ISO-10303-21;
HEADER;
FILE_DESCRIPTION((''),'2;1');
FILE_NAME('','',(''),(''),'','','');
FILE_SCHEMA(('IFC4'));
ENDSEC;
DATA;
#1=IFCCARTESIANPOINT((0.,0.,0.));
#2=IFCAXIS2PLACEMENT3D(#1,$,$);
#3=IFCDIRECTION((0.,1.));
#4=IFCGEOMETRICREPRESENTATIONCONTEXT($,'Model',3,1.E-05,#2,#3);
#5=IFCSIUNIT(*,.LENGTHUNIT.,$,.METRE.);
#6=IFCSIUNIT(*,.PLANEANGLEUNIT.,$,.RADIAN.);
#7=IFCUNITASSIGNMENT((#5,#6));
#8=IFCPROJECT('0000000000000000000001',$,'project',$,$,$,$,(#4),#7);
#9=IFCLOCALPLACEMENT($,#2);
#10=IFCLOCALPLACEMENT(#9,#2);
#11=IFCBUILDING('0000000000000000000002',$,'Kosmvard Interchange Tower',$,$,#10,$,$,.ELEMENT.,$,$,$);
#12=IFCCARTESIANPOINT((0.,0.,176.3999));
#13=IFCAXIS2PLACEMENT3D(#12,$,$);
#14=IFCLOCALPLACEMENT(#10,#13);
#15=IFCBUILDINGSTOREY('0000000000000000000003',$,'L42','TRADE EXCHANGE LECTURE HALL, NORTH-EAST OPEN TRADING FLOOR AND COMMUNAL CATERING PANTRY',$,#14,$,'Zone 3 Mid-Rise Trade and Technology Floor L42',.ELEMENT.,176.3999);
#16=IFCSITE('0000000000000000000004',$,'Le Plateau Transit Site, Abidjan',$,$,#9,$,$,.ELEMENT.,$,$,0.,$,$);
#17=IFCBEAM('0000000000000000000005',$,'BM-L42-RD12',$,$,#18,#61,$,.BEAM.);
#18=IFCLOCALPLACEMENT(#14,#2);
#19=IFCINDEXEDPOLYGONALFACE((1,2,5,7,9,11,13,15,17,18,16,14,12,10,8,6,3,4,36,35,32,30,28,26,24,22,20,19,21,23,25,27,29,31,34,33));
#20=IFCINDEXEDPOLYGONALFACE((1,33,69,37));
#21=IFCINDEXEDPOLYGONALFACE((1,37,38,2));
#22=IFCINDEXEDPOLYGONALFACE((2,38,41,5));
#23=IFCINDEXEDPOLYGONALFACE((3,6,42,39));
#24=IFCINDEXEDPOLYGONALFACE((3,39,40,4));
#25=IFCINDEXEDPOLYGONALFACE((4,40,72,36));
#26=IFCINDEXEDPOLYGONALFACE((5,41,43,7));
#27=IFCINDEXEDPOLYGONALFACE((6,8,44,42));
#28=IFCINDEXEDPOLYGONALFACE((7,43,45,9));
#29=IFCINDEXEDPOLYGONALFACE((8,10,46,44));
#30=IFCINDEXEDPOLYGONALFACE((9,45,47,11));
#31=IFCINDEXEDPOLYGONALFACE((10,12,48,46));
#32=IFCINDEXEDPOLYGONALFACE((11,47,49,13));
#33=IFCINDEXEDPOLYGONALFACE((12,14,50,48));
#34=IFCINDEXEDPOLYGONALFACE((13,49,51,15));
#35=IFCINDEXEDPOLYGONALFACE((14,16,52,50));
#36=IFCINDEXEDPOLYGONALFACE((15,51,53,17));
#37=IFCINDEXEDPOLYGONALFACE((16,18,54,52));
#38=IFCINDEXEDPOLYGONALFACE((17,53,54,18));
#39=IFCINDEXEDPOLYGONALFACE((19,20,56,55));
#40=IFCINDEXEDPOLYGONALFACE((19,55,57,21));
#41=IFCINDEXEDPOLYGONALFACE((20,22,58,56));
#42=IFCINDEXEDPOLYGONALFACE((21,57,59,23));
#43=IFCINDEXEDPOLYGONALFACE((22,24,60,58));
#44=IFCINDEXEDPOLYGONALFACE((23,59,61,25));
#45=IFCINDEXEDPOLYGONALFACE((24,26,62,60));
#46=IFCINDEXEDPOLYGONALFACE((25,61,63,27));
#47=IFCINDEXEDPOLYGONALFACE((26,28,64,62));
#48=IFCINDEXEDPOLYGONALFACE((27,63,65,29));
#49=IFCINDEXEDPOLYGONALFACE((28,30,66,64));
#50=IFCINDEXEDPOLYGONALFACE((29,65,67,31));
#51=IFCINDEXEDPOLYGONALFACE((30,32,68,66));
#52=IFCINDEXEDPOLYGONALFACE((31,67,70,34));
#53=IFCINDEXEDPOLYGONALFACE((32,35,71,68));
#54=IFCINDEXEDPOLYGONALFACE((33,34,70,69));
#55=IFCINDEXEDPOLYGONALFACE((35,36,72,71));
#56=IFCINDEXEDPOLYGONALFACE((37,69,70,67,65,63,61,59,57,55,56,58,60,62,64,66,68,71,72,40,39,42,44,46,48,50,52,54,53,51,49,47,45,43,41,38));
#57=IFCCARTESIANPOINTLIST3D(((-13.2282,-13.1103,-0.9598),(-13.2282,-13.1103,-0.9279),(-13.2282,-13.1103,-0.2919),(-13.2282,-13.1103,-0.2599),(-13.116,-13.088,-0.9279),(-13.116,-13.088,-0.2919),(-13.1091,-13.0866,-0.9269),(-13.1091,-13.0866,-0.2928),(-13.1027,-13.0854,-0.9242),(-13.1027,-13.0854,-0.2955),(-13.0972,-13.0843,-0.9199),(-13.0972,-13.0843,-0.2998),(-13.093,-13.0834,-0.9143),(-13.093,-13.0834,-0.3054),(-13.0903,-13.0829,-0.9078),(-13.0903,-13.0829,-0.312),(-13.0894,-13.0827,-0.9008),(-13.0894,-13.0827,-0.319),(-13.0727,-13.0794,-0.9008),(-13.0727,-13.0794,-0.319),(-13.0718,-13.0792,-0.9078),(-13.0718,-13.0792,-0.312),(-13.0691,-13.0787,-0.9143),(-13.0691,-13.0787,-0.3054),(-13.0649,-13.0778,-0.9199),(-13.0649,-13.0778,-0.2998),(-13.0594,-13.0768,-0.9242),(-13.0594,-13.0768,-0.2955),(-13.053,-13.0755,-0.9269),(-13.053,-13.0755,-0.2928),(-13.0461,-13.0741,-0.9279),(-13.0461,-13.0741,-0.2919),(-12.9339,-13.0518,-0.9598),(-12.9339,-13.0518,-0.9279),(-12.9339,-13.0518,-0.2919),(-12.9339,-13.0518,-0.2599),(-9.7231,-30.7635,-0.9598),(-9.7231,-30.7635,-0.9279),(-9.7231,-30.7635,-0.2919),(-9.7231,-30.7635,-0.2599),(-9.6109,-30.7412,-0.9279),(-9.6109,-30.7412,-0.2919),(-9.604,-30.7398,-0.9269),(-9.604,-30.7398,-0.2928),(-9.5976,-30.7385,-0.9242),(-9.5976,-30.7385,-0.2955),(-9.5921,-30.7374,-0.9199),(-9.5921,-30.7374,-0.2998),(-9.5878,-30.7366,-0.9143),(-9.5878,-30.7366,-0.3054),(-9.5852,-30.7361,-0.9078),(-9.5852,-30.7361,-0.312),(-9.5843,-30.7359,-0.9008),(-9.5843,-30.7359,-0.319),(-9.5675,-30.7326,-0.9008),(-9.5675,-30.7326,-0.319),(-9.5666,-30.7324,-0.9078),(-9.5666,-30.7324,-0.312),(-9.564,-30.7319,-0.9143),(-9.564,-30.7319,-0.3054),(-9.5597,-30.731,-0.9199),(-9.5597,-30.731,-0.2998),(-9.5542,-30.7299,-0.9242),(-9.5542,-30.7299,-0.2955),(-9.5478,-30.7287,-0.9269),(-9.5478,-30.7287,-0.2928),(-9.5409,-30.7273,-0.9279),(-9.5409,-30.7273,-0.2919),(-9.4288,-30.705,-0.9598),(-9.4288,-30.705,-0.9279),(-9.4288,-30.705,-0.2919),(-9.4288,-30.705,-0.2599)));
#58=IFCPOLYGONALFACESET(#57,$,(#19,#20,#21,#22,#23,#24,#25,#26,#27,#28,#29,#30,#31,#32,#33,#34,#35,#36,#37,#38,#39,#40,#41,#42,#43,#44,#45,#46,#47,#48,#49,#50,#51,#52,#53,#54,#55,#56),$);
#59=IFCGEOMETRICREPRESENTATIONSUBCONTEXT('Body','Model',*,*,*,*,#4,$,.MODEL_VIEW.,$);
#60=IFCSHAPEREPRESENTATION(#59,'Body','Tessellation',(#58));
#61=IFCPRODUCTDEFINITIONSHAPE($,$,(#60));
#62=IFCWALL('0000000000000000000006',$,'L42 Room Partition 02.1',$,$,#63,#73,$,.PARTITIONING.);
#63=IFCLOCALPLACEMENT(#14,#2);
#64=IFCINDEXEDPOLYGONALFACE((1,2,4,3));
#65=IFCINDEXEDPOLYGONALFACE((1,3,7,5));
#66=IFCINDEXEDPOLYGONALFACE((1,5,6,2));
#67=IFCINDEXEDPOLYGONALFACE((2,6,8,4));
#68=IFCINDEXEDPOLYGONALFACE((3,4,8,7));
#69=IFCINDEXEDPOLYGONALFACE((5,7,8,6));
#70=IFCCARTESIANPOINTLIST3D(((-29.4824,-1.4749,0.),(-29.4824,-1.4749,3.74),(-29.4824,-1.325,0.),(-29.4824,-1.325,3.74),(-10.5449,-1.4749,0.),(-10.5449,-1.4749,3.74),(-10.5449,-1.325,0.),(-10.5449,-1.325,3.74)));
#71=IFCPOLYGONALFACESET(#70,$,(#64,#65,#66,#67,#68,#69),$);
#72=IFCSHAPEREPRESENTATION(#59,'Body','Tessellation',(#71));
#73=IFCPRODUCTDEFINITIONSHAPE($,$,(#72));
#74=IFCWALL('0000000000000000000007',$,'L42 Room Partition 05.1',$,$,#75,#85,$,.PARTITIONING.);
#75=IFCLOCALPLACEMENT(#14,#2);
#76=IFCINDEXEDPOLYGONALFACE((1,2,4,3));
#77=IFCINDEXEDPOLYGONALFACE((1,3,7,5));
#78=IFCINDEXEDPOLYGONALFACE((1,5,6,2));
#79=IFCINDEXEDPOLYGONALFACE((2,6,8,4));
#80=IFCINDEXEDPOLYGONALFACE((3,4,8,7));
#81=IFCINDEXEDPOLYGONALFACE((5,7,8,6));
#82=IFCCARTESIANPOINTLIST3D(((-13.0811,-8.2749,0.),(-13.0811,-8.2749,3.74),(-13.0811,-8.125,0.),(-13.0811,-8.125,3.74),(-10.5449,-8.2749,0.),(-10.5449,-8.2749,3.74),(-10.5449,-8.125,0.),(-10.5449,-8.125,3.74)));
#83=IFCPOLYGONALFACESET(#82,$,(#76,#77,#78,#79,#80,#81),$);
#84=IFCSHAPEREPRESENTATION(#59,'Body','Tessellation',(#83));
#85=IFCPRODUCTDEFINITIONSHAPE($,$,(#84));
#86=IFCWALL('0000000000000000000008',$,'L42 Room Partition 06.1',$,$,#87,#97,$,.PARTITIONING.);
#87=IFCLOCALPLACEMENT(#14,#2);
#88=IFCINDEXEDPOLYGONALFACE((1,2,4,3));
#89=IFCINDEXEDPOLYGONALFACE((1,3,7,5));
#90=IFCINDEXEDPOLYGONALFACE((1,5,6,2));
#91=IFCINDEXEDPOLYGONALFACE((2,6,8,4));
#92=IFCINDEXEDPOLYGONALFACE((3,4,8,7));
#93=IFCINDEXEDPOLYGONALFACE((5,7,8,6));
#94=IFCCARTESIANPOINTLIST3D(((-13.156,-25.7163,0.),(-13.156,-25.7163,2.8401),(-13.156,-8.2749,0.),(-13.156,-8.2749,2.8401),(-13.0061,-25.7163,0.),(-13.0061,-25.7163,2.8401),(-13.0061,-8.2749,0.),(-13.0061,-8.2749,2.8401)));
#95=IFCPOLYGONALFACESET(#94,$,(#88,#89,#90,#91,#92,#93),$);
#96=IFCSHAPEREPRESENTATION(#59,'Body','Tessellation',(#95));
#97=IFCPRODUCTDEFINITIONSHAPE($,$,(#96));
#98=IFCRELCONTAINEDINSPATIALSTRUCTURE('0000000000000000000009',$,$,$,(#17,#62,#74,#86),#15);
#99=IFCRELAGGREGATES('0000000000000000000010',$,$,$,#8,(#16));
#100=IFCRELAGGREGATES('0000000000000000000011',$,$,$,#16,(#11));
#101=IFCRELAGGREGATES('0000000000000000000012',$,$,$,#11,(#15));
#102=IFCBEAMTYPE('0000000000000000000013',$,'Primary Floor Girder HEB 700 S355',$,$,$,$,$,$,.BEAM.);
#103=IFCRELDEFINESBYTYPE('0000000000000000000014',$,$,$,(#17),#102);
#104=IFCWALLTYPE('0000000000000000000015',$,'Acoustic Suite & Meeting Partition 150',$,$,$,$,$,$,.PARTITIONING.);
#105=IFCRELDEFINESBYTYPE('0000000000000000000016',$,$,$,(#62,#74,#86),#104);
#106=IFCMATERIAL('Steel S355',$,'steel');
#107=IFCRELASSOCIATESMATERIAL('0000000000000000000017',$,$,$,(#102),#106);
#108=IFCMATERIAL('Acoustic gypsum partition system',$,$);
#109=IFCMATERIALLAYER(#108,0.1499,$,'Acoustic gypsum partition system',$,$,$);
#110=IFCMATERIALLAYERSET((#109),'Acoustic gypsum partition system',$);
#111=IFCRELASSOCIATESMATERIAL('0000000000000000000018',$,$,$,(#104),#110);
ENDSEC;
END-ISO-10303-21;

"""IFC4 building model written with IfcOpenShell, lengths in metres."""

from ifc_helpers import new_model, si_unit, direction, frame, frame_2d, origin, origin_2d, place, context, subcontext, project, spatial, rectangle, i_section, extrude, source, transform, mapped, material, layer, layer_set, material_profile, profile_set, type_object, element, save


model = new_model("IFC4")

# Units and contexts
model_context = context("Model", 3, precision=1e-05, world=origin(), true_north=direction((0.0, 1.0)))
body_context = subcontext(model_context, "Body", "Model", "MODEL_VIEW")
ifc_project = project(units=[si_unit("LENGTHUNIT", "METRE"), si_unit("PLANEANGLEUNIT", "RADIAN")], contexts=[model_context])

# Site, building, storey
site_placement = place(None, origin())
site = spatial("IfcSite", under=ifc_project, at=site_placement, Name="Le Plateau Transit Site, Abidjan", CompositionType="ELEMENT", RefElevation=0.0)
building_placement = place(site_placement, origin())
building = spatial("IfcBuilding", under=site, at=building_placement, Name="Kosmvard Interchange Tower", CompositionType="ELEMENT")
storey_placement = place(building_placement, frame((0.0, 0.0, 176.3999)))
storey = spatial("IfcBuildingStorey", under=building, at=storey_placement, Name="L42", Description="TRADE EXCHANGE LECTURE HALL, NORTH-EAST OPEN TRADING FLOOR AND COMMUNAL CATERING PANTRY", LongName="Zone 3 Mid-Rise Trade and Technology Floor L42", CompositionType="ELEMENT", Elevation=176.3999)

# Beam
ifc_material_1 = material(Name="Steel S355", Category="steel")
ifc_material_profile = material_profile(ifc_material_1, i_section(OverallWidth=0.3, OverallDepth=0.7, WebThickness=0.0171, FlangeThickness=0.032, FilletRadius=0.0271, at=origin_2d()), Name="HEB 700")
ifc_profile_set = profile_set([ifc_material_profile], Name="Steel S355")
beam_type = type_object("IfcBeamType", Name="Primary Floor Girder HEB 700 S355", PredefinedType="BEAM", material=ifc_profile_set)
shared_shape_1 = source(origin(), body_context, "Body", "SweptSolid", [
    extrude(i_section(OverallWidth=0.3, OverallDepth=0.7, WebThickness=0.0171, FlangeThickness=0.032, FilletRadius=0.0271, at=origin_2d()), origin(), (0.0, 0.0, 1.0), 17.9978),
])
beam_placement = place(storey_placement, frame((-13.0811, -13.0811, -0.6099), z_axis=(0.194754, -0.980852, 0.0), x_axis=(0.980852, 0.194754, 0.0)))
element("IfcBeam", 1, at=beam_placement, inside=storey, type_object=beam_type, Name="BM-L42-RD12", PredefinedType="BEAM", context=body_context, shape_type="MappedRepresentation", body=[
    mapped(shared_shape_1, transform((0.0, 0.0, 0.0), scale=1.0)),
])

# Walls
ifc_material_2 = material(Name="Acoustic gypsum partition system")
ifc_layer_1 = layer(ifc_material_2, 0.1499, Name="Acoustic gypsum partition system")
ifc_layer_set_1 = layer_set([ifc_layer_1], Name="Acoustic gypsum partition system")
wall_type_1 = type_object("IfcWallType", Name="Acoustic Suite & Meeting Partition 150", PredefinedType="PARTITIONING", material=ifc_layer_set_1)
wall_1_placement = place(storey_placement, frame((-29.4824, -1.3999, 0.0), z_axis=(0.0, 0.0, 1.0), x_axis=(1.0, 0.0, 0.0)))
element("IfcWall", 2, at=wall_1_placement, inside=storey, type_object=wall_type_1, Name="L42 Room Partition 02.1", PredefinedType="PARTITIONING", context=body_context, shape_type="SweptSolid", body=[
    extrude(rectangle(XDim=18.9375, YDim=0.1499, at=frame_2d((9.4688, 0.0))), origin(), (0.0, 0.0, 1.0), 3.74),
])
wall_2_placement = place(storey_placement, frame((-10.5449, -8.2, 0.0), z_axis=(0.0, 0.0, 1.0), x_axis=(-1.0, 0.0, 0.0)))
element("IfcWall", 3, at=wall_2_placement, inside=storey, type_object=wall_type_1, Name="L42 Room Partition 05.1", PredefinedType="PARTITIONING", context=body_context, shape_type="SweptSolid", body=[
    extrude(rectangle(XDim=2.5361, YDim=0.1499, at=frame_2d((1.2681, 0.0))), origin(), (0.0, 0.0, 1.0), 3.74),
])
wall_3_placement = place(storey_placement, frame((-13.0811, -8.2749, 0.0), z_axis=(0.0, 0.0, 1.0), x_axis=(0.0, -1.0, 0.0)))
element("IfcWall", 4, at=wall_3_placement, inside=storey, type_object=wall_type_1, Name="L42 Room Partition 06.1", PredefinedType="PARTITIONING", context=body_context, shape_type="SweptSolid", body=[
    extrude(rectangle(XDim=17.4414, YDim=0.1499, at=frame_2d((8.7207, 0.0))), origin(), (0.0, 0.0, 1.0), 2.8401),
])

save(model, "model.ifc")
